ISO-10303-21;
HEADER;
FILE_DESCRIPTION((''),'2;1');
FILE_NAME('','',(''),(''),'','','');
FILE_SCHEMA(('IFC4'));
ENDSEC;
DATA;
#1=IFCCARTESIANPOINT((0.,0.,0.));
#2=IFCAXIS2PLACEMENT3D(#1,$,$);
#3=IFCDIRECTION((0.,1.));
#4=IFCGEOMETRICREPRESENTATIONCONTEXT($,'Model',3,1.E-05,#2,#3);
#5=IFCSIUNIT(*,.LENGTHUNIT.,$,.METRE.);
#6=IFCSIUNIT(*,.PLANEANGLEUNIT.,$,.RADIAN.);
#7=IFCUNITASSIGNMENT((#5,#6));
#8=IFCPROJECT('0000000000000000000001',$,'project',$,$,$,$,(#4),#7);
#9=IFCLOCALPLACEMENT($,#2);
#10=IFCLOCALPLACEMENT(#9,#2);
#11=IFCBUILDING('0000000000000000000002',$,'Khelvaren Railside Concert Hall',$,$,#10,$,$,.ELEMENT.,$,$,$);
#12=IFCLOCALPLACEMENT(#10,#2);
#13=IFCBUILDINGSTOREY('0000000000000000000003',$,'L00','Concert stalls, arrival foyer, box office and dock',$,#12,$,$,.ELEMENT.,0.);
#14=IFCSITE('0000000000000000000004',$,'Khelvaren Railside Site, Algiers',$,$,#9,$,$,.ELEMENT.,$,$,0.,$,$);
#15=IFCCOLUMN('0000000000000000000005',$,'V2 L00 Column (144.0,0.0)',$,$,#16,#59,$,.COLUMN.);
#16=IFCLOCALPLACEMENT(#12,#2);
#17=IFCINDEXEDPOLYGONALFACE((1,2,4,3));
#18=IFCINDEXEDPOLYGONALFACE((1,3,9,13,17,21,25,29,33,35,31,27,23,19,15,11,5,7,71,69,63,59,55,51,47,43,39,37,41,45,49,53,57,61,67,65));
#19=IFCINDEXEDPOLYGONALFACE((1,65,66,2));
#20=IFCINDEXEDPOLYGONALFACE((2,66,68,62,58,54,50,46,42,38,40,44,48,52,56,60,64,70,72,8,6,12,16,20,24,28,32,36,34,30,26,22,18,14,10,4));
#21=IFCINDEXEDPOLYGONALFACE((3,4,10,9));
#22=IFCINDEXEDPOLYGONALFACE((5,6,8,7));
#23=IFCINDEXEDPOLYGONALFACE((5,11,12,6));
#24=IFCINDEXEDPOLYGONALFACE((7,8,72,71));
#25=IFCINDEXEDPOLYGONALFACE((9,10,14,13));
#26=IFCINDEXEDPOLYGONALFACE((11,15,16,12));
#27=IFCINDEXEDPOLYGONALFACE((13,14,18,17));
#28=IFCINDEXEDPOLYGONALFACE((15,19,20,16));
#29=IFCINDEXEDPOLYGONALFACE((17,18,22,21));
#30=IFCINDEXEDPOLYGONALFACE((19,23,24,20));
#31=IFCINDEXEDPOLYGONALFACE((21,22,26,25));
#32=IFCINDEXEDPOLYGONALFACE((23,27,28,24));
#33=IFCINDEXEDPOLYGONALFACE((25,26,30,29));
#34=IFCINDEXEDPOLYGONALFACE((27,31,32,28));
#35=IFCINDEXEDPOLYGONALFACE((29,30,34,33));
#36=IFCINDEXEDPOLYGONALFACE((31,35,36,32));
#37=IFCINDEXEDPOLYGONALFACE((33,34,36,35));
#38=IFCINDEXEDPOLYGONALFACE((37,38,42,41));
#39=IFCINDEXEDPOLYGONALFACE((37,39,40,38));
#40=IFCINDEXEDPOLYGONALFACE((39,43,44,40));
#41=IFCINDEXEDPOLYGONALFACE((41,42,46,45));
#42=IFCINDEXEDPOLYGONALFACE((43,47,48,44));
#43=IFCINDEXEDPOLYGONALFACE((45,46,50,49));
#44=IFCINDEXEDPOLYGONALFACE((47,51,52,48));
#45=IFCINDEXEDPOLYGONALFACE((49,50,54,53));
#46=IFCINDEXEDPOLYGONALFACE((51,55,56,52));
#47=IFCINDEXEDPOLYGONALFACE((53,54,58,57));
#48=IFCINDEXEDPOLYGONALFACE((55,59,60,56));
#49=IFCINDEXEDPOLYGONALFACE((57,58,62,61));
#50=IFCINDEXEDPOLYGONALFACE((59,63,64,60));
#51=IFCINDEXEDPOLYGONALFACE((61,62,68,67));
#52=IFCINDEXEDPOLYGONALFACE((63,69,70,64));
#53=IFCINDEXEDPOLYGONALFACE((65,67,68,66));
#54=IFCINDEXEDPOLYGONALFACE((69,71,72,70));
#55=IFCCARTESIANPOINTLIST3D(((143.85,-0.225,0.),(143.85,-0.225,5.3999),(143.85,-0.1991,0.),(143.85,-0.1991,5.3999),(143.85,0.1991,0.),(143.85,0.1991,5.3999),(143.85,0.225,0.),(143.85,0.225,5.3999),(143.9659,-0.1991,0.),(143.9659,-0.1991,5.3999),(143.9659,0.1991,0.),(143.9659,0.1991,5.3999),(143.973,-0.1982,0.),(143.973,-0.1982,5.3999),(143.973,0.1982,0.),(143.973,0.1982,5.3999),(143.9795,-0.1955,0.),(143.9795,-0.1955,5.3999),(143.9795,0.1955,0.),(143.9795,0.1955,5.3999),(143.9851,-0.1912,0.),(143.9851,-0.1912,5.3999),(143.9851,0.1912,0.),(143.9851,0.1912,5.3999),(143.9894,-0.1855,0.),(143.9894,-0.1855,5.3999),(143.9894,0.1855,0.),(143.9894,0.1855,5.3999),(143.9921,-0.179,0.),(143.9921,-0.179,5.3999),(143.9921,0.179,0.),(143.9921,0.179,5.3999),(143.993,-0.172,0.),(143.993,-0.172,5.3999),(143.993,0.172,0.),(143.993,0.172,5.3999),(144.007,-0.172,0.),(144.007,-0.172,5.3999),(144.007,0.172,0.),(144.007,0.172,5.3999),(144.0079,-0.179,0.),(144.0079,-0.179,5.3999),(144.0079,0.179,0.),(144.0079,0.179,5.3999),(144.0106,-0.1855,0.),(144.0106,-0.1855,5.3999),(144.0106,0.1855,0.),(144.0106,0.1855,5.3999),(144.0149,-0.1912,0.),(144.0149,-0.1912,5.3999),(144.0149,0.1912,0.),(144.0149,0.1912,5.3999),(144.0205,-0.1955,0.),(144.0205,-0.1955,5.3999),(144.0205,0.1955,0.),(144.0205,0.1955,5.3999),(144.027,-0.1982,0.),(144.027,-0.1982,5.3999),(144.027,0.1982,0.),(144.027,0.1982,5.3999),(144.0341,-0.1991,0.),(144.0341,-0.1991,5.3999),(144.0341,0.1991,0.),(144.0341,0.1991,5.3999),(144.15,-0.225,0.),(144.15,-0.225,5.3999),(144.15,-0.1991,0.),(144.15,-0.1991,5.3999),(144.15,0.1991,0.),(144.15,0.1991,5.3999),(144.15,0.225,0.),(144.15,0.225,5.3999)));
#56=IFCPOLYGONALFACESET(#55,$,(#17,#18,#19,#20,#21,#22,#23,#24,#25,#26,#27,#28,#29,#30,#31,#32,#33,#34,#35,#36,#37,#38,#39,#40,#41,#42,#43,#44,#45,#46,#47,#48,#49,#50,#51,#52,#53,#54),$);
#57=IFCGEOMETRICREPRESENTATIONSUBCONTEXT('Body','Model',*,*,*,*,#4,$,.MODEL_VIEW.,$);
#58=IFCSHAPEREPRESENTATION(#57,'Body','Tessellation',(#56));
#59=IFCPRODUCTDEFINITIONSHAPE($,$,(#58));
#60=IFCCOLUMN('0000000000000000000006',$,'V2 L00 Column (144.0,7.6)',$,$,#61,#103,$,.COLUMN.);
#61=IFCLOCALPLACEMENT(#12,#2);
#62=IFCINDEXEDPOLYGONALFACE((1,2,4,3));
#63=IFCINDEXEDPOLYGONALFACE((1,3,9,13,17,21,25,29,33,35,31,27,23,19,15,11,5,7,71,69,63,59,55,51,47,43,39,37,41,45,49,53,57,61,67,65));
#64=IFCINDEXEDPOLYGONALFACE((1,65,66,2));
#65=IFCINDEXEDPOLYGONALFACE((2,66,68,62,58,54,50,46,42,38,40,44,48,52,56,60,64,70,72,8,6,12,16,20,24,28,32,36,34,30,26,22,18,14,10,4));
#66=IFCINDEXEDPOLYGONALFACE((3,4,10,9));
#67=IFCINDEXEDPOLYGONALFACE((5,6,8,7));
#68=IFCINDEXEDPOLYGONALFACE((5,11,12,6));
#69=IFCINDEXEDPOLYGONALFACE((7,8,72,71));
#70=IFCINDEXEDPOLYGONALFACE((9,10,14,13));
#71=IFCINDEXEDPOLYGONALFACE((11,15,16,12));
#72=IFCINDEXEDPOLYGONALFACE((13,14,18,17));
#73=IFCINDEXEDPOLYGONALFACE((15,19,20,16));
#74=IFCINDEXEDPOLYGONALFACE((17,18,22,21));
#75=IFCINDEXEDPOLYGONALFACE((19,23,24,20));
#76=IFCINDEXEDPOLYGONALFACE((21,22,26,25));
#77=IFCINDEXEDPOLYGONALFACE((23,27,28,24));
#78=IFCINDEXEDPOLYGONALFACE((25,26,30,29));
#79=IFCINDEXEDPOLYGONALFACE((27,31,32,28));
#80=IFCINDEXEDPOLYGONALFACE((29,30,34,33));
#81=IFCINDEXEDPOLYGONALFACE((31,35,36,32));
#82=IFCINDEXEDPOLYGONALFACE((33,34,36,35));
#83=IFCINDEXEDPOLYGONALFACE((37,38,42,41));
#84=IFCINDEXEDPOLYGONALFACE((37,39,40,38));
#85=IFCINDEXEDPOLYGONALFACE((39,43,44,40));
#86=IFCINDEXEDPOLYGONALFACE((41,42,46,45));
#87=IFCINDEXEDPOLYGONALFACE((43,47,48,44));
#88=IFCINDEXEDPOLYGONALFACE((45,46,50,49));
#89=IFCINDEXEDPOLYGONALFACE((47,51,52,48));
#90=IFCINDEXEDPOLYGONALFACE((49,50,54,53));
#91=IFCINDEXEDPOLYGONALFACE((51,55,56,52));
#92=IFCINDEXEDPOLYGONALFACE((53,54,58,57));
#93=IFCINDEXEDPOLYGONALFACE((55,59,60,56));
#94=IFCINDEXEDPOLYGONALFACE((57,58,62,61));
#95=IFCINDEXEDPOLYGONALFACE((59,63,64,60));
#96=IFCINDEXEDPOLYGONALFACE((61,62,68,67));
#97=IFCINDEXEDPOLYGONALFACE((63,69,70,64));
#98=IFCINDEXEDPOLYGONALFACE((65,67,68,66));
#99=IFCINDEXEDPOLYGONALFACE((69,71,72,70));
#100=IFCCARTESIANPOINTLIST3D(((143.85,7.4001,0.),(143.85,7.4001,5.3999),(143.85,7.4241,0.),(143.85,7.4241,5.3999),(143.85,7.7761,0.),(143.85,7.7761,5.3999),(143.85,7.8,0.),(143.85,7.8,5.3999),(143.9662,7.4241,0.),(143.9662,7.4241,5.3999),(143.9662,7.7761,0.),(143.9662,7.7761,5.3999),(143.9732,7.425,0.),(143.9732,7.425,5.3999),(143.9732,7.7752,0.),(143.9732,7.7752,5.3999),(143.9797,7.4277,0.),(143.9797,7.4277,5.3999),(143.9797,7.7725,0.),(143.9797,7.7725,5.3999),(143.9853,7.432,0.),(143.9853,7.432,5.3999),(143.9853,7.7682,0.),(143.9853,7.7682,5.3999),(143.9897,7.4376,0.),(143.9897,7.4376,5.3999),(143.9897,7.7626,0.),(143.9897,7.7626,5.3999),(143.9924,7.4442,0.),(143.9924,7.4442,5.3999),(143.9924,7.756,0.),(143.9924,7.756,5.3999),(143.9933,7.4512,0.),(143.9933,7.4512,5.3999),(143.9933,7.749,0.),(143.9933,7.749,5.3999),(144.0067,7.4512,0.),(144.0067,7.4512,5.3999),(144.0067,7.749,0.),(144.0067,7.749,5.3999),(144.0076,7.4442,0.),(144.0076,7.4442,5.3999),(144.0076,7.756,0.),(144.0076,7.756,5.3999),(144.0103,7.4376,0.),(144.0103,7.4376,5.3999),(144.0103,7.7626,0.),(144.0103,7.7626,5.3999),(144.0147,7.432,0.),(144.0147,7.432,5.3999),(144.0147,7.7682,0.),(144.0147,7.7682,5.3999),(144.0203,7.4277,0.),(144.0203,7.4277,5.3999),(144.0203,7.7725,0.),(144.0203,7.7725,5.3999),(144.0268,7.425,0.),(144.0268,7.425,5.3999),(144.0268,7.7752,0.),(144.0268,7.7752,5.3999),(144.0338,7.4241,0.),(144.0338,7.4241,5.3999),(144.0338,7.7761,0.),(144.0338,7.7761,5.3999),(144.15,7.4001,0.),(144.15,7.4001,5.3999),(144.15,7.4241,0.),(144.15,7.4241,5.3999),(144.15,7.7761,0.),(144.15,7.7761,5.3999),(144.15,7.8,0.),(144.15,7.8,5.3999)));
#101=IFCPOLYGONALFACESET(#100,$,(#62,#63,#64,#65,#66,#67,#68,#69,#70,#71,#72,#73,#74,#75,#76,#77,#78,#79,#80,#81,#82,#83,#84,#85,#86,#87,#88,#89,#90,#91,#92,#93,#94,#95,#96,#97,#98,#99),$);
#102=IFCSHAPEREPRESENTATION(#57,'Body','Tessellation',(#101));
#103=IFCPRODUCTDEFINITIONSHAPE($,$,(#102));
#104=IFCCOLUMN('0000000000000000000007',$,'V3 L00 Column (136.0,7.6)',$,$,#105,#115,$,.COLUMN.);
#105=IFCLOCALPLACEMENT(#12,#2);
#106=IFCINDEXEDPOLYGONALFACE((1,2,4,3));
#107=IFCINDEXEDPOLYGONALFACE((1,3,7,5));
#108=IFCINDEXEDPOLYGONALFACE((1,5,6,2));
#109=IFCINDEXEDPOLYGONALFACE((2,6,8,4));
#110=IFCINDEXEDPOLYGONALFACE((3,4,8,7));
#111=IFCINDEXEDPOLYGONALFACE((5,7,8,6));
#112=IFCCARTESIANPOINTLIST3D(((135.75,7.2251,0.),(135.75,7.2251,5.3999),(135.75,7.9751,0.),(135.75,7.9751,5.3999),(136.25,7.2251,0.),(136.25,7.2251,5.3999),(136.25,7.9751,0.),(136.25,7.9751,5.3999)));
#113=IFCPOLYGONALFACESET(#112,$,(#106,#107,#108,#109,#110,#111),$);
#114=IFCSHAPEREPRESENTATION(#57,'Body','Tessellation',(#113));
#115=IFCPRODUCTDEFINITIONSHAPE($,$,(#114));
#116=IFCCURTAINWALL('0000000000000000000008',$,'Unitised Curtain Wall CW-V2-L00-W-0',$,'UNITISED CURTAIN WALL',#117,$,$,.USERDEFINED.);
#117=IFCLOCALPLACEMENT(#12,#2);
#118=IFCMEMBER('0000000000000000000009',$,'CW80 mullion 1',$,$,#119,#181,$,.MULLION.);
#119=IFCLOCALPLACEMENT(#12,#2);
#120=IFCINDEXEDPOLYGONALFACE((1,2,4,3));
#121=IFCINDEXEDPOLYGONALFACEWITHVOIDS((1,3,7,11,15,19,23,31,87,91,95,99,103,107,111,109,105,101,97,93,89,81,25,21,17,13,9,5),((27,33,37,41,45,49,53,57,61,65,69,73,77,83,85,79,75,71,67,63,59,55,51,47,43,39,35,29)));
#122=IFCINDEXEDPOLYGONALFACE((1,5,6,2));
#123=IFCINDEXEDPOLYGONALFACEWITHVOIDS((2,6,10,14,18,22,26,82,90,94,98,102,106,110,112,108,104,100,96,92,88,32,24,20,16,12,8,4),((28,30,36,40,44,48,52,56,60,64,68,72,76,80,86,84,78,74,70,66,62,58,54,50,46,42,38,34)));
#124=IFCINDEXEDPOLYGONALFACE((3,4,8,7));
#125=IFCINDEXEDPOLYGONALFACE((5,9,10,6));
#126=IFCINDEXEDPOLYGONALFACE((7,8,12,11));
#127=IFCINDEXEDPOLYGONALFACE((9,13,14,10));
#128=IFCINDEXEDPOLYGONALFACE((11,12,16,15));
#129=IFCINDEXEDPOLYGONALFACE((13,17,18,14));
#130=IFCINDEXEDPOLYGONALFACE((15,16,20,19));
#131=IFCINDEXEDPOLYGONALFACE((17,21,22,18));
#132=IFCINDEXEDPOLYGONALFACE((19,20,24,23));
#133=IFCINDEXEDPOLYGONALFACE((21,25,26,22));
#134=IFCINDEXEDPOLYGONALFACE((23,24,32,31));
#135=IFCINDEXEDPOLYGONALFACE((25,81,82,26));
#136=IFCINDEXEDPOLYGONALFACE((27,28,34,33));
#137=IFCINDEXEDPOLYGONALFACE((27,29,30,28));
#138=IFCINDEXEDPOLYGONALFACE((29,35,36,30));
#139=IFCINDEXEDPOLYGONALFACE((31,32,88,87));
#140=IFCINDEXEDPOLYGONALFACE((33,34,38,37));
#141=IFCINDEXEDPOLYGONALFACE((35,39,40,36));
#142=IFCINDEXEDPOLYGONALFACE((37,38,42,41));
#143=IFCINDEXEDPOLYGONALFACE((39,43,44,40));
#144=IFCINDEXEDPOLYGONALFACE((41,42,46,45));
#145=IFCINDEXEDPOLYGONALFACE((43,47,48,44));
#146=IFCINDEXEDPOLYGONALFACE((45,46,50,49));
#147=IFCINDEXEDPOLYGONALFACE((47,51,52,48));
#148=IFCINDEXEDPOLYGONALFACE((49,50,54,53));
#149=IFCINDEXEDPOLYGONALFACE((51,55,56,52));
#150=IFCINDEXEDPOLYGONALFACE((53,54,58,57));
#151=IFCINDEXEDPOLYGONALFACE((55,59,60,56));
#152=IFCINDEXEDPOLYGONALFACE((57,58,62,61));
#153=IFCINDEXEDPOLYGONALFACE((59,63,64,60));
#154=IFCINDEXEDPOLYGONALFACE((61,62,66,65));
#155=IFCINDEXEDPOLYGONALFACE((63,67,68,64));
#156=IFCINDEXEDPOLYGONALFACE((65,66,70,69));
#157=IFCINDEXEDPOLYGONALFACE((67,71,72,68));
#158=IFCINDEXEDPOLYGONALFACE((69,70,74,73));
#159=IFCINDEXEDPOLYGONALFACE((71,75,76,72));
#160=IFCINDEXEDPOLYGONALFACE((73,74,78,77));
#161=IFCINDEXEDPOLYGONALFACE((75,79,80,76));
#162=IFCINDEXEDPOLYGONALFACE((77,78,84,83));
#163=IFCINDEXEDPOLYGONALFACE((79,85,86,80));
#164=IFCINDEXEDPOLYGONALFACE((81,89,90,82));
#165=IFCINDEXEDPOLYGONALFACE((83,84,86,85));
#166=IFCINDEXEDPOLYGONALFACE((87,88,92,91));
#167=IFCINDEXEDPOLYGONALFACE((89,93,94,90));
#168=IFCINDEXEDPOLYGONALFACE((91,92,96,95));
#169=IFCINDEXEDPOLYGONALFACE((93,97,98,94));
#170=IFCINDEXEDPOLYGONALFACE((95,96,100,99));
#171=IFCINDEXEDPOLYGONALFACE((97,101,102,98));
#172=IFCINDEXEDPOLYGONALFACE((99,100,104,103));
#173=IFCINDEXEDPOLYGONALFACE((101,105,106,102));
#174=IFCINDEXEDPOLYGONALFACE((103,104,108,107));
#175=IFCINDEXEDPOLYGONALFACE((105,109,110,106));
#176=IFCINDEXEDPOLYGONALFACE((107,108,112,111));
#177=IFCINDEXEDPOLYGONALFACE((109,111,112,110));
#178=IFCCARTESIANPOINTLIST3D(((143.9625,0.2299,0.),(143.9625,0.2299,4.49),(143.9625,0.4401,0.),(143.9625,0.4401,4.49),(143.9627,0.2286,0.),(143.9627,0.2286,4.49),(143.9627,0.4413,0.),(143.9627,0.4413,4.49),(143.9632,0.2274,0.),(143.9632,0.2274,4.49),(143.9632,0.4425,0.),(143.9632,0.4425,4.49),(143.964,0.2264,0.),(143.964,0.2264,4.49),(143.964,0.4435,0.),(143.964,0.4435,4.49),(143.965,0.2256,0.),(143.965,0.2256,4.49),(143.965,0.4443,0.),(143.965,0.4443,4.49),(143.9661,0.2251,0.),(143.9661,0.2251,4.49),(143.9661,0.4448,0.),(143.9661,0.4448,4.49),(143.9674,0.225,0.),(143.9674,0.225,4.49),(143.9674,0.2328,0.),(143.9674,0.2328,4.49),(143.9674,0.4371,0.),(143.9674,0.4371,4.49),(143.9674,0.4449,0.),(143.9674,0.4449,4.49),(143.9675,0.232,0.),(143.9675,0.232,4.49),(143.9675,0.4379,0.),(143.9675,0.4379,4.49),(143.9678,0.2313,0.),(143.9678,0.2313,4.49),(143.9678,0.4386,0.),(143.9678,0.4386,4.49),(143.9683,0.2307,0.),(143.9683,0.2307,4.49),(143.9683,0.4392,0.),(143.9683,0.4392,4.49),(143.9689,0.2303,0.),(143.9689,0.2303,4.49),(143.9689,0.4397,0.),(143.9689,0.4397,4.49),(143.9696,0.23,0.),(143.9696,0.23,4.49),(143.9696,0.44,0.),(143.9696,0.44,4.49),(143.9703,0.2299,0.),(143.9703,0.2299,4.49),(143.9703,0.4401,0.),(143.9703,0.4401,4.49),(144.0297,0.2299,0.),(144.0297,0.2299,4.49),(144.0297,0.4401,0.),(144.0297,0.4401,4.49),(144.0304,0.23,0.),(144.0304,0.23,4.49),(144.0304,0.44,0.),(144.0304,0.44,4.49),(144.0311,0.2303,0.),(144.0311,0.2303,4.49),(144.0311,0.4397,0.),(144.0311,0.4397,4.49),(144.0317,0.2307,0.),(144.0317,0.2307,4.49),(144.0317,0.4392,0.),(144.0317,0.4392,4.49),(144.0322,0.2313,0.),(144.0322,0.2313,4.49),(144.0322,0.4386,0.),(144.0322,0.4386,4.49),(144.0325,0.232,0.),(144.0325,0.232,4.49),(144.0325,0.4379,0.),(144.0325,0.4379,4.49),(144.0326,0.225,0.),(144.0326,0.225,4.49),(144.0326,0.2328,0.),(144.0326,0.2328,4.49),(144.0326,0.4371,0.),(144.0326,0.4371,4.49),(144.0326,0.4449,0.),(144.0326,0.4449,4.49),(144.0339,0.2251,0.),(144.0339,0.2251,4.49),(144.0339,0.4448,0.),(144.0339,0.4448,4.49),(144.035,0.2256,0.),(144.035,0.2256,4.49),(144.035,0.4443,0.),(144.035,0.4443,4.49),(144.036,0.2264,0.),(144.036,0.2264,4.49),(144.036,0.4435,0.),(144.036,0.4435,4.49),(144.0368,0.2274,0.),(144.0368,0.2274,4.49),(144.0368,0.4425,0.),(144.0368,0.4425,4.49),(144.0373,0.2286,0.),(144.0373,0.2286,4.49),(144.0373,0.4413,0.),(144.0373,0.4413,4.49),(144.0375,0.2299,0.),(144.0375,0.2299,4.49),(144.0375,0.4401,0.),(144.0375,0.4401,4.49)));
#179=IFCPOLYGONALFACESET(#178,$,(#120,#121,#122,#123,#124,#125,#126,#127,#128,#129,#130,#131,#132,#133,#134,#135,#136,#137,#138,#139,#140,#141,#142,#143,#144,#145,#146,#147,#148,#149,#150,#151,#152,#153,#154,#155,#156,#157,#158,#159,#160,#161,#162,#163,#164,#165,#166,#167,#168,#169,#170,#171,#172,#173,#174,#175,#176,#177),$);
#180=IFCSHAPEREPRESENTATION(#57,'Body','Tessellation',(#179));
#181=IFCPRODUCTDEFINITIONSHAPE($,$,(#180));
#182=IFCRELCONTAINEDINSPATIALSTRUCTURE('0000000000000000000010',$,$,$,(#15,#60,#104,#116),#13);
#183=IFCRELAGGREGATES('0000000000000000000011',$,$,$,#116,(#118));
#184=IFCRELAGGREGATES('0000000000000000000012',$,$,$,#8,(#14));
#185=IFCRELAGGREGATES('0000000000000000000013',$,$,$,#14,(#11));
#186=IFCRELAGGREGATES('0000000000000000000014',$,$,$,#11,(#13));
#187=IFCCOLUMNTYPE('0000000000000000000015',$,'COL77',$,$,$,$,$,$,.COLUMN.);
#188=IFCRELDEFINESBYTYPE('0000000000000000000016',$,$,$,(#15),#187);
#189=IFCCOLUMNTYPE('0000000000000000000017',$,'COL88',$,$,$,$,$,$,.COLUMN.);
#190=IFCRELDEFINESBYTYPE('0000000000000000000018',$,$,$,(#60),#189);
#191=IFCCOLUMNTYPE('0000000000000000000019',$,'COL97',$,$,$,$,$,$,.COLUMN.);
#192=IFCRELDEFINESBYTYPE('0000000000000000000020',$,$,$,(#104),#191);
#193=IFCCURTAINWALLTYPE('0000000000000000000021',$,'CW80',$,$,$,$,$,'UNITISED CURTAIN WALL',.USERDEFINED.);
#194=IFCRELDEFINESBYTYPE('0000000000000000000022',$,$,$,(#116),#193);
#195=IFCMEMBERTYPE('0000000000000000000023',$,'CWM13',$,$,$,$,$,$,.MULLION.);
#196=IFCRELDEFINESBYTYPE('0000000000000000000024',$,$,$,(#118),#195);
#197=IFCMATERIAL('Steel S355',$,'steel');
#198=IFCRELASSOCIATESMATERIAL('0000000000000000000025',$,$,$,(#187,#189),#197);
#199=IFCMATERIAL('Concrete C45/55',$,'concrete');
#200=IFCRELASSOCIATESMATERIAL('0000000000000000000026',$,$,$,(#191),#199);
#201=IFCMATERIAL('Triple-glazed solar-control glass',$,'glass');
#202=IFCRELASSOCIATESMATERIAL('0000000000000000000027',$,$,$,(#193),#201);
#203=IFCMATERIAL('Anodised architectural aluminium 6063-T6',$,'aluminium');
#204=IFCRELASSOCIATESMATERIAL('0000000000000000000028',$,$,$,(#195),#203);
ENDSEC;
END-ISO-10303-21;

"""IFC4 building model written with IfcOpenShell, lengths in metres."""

from ifc_helpers import new_model, si_unit, direction, frame, origin, origin_2d, place, context, subcontext, project, spatial, rectangle, hollow_rectangle, i_section, extrude, material, material_profile, profile_set, type_object, element, aggregate, save


model = new_model("IFC4")

# Units and contexts
model_context = context("Model", 3, precision=1e-05, world=origin(), true_north=direction((0.0, 1.0)))
body_context = subcontext(model_context, "Body", "Model", "MODEL_VIEW")
ifc_project = project(units=[si_unit("LENGTHUNIT", "METRE"), si_unit("PLANEANGLEUNIT", "RADIAN")], contexts=[model_context])

# Site, building, storey
site_placement = place(None, origin())
site = spatial("IfcSite", under=ifc_project, at=site_placement, Name="Khelvaren Railside Site, Algiers", CompositionType="ELEMENT", RefElevation=0.0)
building_placement = place(site_placement, origin())
building = spatial("IfcBuilding", under=site, at=building_placement, Name="Khelvaren Railside Concert Hall", CompositionType="ELEMENT")
storey_placement = place(building_placement, origin())
storey = spatial("IfcBuildingStorey", under=building, at=storey_placement, Name="L00", Description="Concert stalls, arrival foyer, box office and dock", CompositionType="ELEMENT", Elevation=0.0)

# Columns
ifc_material_1 = material(Name="Steel S355", Category="steel")
ifc_material_profile_1 = material_profile(ifc_material_1, i_section(OverallWidth=0.3, OverallDepth=0.45, WebThickness=0.0139, FlangeThickness=0.0259, FilletRadius=0.0271, at=origin_2d()), Name="HEB 450")
ifc_profile_set_1 = profile_set([ifc_material_profile_1], Name="Steel S355")
column_type_1 = type_object("IfcColumnType", Name="COL77", PredefinedType="COLUMN", material=ifc_profile_set_1)
column_1_placement = place(storey_placement, frame((144.0, 0.0, 0.0), z_axis=(0.0, 0.0, 1.0), x_axis=(1.0, 0.0, 0.0)))
element("IfcColumn", 1, at=column_1_placement, inside=storey, type_object=column_type_1, Name="V2 L00 Column (144.0,0.0)", PredefinedType="COLUMN", context=body_context, shape_type="SweptSolid", body=[
    extrude(i_section(OverallWidth=0.3, OverallDepth=0.45, WebThickness=0.0139, FlangeThickness=0.0259, FilletRadius=0.0271, at=origin_2d()), origin(), (0.0, 0.0, 1.0), 5.3999),
])
ifc_material_profile_2 = material_profile(ifc_material_1, i_section(OverallWidth=0.3, OverallDepth=0.3999, WebThickness=0.0134, FlangeThickness=0.0239, FilletRadius=0.0271, at=origin_2d()), Name="HEB 400")
ifc_profile_set_2 = profile_set([ifc_material_profile_2], Name="Steel S355")
column_type_2 = type_object("IfcColumnType", Name="COL88", PredefinedType="COLUMN", material=ifc_profile_set_2)
column_2_placement = place(storey_placement, frame((144.0, 7.6001, 0.0), z_axis=(0.0, 0.0, 1.0), x_axis=(1.0, 0.0, 0.0)))
element("IfcColumn", 2, at=column_2_placement, inside=storey, type_object=column_type_2, Name="V2 L00 Column (144.0,7.6)", PredefinedType="COLUMN", context=body_context, shape_type="SweptSolid", body=[
    extrude(i_section(OverallWidth=0.3, OverallDepth=0.3999, WebThickness=0.0134, FlangeThickness=0.0239, FilletRadius=0.0271, at=origin_2d()), origin(), (0.0, 0.0, 1.0), 5.3999),
])
ifc_material_2 = material(Name="Concrete C45/55", Category="concrete")
ifc_material_profile_3 = material_profile(ifc_material_2, rectangle(XDim=0.5, YDim=0.75, at=origin_2d()), Name="RC 500x750")
ifc_profile_set_3 = profile_set([ifc_material_profile_3], Name="Concrete C45/55")
column_type_3 = type_object("IfcColumnType", Name="COL97", PredefinedType="COLUMN", material=ifc_profile_set_3)
column_3_placement = place(storey_placement, frame((136.0, 7.6001, 0.0), z_axis=(0.0, 0.0, 1.0), x_axis=(1.0, 0.0, 0.0)))
element("IfcColumn", 3, at=column_3_placement, inside=storey, type_object=column_type_3, Name="V3 L00 Column (136.0,7.6)", PredefinedType="COLUMN", context=body_context, shape_type="SweptSolid", body=[
    extrude(rectangle(XDim=0.5, YDim=0.75, at=origin_2d()), origin(), (0.0, 0.0, 1.0), 5.3999),
])

# Curtain wall, member
ifc_material_3 = material(Name="Triple-glazed solar-control glass", Category="glass")
curtain_wall_type_1 = type_object("IfcCurtainWallType", Name="CW80", ElementType="UNITISED CURTAIN WALL", PredefinedType="USERDEFINED", material=ifc_material_3)
curtain_wall_1_placement = place(storey_placement, origin())
curtain_wall_1 = element("IfcCurtainWall", 4, at=curtain_wall_1_placement, inside=storey, type_object=curtain_wall_type_1, Name="Unitised Curtain Wall CW-V2-L00-W-0", ObjectType="UNITISED CURTAIN WALL", PredefinedType="USERDEFINED")
ifc_material_4 = material(Name="Anodised architectural aluminium 6063-T6", Category="aluminium")
ifc_material_profile_4 = material_profile(ifc_material_4, hollow_rectangle(XDim=0.075, YDim=0.22, WallThickness=0.0049, InnerFilletRadius=0.0029, OuterFilletRadius=0.0049, at=origin_2d()), Name="CWM 75x220x5")
ifc_profile_set_4 = profile_set([ifc_material_profile_4], Name="Anodised architectural aluminium 6063-T6")
member_type_1 = type_object("IfcMemberType", Name="CWM13", PredefinedType="MULLION", material=ifc_profile_set_4)
member_1_placement = place(storey_placement, frame((144.0, 0.335, 0.0), z_axis=(0.0, 0.0, 1.0), x_axis=(-1.0, 0.0, 0.0)))
member_1 = element("IfcMember", 5, at=member_1_placement, type_object=member_type_1, Name="CW80 mullion 1", PredefinedType="MULLION", context=body_context, shape_type="SweptSolid", body=[
    extrude(hollow_rectangle(XDim=0.075, YDim=0.22, WallThickness=0.0049, InnerFilletRadius=0.0029, OuterFilletRadius=0.0049, at=origin_2d()), origin(), (0.0, 0.0, 1.0), 4.49),
])

aggregate(curtain_wall_1, [member_1])

save(model, "model.ifc")
